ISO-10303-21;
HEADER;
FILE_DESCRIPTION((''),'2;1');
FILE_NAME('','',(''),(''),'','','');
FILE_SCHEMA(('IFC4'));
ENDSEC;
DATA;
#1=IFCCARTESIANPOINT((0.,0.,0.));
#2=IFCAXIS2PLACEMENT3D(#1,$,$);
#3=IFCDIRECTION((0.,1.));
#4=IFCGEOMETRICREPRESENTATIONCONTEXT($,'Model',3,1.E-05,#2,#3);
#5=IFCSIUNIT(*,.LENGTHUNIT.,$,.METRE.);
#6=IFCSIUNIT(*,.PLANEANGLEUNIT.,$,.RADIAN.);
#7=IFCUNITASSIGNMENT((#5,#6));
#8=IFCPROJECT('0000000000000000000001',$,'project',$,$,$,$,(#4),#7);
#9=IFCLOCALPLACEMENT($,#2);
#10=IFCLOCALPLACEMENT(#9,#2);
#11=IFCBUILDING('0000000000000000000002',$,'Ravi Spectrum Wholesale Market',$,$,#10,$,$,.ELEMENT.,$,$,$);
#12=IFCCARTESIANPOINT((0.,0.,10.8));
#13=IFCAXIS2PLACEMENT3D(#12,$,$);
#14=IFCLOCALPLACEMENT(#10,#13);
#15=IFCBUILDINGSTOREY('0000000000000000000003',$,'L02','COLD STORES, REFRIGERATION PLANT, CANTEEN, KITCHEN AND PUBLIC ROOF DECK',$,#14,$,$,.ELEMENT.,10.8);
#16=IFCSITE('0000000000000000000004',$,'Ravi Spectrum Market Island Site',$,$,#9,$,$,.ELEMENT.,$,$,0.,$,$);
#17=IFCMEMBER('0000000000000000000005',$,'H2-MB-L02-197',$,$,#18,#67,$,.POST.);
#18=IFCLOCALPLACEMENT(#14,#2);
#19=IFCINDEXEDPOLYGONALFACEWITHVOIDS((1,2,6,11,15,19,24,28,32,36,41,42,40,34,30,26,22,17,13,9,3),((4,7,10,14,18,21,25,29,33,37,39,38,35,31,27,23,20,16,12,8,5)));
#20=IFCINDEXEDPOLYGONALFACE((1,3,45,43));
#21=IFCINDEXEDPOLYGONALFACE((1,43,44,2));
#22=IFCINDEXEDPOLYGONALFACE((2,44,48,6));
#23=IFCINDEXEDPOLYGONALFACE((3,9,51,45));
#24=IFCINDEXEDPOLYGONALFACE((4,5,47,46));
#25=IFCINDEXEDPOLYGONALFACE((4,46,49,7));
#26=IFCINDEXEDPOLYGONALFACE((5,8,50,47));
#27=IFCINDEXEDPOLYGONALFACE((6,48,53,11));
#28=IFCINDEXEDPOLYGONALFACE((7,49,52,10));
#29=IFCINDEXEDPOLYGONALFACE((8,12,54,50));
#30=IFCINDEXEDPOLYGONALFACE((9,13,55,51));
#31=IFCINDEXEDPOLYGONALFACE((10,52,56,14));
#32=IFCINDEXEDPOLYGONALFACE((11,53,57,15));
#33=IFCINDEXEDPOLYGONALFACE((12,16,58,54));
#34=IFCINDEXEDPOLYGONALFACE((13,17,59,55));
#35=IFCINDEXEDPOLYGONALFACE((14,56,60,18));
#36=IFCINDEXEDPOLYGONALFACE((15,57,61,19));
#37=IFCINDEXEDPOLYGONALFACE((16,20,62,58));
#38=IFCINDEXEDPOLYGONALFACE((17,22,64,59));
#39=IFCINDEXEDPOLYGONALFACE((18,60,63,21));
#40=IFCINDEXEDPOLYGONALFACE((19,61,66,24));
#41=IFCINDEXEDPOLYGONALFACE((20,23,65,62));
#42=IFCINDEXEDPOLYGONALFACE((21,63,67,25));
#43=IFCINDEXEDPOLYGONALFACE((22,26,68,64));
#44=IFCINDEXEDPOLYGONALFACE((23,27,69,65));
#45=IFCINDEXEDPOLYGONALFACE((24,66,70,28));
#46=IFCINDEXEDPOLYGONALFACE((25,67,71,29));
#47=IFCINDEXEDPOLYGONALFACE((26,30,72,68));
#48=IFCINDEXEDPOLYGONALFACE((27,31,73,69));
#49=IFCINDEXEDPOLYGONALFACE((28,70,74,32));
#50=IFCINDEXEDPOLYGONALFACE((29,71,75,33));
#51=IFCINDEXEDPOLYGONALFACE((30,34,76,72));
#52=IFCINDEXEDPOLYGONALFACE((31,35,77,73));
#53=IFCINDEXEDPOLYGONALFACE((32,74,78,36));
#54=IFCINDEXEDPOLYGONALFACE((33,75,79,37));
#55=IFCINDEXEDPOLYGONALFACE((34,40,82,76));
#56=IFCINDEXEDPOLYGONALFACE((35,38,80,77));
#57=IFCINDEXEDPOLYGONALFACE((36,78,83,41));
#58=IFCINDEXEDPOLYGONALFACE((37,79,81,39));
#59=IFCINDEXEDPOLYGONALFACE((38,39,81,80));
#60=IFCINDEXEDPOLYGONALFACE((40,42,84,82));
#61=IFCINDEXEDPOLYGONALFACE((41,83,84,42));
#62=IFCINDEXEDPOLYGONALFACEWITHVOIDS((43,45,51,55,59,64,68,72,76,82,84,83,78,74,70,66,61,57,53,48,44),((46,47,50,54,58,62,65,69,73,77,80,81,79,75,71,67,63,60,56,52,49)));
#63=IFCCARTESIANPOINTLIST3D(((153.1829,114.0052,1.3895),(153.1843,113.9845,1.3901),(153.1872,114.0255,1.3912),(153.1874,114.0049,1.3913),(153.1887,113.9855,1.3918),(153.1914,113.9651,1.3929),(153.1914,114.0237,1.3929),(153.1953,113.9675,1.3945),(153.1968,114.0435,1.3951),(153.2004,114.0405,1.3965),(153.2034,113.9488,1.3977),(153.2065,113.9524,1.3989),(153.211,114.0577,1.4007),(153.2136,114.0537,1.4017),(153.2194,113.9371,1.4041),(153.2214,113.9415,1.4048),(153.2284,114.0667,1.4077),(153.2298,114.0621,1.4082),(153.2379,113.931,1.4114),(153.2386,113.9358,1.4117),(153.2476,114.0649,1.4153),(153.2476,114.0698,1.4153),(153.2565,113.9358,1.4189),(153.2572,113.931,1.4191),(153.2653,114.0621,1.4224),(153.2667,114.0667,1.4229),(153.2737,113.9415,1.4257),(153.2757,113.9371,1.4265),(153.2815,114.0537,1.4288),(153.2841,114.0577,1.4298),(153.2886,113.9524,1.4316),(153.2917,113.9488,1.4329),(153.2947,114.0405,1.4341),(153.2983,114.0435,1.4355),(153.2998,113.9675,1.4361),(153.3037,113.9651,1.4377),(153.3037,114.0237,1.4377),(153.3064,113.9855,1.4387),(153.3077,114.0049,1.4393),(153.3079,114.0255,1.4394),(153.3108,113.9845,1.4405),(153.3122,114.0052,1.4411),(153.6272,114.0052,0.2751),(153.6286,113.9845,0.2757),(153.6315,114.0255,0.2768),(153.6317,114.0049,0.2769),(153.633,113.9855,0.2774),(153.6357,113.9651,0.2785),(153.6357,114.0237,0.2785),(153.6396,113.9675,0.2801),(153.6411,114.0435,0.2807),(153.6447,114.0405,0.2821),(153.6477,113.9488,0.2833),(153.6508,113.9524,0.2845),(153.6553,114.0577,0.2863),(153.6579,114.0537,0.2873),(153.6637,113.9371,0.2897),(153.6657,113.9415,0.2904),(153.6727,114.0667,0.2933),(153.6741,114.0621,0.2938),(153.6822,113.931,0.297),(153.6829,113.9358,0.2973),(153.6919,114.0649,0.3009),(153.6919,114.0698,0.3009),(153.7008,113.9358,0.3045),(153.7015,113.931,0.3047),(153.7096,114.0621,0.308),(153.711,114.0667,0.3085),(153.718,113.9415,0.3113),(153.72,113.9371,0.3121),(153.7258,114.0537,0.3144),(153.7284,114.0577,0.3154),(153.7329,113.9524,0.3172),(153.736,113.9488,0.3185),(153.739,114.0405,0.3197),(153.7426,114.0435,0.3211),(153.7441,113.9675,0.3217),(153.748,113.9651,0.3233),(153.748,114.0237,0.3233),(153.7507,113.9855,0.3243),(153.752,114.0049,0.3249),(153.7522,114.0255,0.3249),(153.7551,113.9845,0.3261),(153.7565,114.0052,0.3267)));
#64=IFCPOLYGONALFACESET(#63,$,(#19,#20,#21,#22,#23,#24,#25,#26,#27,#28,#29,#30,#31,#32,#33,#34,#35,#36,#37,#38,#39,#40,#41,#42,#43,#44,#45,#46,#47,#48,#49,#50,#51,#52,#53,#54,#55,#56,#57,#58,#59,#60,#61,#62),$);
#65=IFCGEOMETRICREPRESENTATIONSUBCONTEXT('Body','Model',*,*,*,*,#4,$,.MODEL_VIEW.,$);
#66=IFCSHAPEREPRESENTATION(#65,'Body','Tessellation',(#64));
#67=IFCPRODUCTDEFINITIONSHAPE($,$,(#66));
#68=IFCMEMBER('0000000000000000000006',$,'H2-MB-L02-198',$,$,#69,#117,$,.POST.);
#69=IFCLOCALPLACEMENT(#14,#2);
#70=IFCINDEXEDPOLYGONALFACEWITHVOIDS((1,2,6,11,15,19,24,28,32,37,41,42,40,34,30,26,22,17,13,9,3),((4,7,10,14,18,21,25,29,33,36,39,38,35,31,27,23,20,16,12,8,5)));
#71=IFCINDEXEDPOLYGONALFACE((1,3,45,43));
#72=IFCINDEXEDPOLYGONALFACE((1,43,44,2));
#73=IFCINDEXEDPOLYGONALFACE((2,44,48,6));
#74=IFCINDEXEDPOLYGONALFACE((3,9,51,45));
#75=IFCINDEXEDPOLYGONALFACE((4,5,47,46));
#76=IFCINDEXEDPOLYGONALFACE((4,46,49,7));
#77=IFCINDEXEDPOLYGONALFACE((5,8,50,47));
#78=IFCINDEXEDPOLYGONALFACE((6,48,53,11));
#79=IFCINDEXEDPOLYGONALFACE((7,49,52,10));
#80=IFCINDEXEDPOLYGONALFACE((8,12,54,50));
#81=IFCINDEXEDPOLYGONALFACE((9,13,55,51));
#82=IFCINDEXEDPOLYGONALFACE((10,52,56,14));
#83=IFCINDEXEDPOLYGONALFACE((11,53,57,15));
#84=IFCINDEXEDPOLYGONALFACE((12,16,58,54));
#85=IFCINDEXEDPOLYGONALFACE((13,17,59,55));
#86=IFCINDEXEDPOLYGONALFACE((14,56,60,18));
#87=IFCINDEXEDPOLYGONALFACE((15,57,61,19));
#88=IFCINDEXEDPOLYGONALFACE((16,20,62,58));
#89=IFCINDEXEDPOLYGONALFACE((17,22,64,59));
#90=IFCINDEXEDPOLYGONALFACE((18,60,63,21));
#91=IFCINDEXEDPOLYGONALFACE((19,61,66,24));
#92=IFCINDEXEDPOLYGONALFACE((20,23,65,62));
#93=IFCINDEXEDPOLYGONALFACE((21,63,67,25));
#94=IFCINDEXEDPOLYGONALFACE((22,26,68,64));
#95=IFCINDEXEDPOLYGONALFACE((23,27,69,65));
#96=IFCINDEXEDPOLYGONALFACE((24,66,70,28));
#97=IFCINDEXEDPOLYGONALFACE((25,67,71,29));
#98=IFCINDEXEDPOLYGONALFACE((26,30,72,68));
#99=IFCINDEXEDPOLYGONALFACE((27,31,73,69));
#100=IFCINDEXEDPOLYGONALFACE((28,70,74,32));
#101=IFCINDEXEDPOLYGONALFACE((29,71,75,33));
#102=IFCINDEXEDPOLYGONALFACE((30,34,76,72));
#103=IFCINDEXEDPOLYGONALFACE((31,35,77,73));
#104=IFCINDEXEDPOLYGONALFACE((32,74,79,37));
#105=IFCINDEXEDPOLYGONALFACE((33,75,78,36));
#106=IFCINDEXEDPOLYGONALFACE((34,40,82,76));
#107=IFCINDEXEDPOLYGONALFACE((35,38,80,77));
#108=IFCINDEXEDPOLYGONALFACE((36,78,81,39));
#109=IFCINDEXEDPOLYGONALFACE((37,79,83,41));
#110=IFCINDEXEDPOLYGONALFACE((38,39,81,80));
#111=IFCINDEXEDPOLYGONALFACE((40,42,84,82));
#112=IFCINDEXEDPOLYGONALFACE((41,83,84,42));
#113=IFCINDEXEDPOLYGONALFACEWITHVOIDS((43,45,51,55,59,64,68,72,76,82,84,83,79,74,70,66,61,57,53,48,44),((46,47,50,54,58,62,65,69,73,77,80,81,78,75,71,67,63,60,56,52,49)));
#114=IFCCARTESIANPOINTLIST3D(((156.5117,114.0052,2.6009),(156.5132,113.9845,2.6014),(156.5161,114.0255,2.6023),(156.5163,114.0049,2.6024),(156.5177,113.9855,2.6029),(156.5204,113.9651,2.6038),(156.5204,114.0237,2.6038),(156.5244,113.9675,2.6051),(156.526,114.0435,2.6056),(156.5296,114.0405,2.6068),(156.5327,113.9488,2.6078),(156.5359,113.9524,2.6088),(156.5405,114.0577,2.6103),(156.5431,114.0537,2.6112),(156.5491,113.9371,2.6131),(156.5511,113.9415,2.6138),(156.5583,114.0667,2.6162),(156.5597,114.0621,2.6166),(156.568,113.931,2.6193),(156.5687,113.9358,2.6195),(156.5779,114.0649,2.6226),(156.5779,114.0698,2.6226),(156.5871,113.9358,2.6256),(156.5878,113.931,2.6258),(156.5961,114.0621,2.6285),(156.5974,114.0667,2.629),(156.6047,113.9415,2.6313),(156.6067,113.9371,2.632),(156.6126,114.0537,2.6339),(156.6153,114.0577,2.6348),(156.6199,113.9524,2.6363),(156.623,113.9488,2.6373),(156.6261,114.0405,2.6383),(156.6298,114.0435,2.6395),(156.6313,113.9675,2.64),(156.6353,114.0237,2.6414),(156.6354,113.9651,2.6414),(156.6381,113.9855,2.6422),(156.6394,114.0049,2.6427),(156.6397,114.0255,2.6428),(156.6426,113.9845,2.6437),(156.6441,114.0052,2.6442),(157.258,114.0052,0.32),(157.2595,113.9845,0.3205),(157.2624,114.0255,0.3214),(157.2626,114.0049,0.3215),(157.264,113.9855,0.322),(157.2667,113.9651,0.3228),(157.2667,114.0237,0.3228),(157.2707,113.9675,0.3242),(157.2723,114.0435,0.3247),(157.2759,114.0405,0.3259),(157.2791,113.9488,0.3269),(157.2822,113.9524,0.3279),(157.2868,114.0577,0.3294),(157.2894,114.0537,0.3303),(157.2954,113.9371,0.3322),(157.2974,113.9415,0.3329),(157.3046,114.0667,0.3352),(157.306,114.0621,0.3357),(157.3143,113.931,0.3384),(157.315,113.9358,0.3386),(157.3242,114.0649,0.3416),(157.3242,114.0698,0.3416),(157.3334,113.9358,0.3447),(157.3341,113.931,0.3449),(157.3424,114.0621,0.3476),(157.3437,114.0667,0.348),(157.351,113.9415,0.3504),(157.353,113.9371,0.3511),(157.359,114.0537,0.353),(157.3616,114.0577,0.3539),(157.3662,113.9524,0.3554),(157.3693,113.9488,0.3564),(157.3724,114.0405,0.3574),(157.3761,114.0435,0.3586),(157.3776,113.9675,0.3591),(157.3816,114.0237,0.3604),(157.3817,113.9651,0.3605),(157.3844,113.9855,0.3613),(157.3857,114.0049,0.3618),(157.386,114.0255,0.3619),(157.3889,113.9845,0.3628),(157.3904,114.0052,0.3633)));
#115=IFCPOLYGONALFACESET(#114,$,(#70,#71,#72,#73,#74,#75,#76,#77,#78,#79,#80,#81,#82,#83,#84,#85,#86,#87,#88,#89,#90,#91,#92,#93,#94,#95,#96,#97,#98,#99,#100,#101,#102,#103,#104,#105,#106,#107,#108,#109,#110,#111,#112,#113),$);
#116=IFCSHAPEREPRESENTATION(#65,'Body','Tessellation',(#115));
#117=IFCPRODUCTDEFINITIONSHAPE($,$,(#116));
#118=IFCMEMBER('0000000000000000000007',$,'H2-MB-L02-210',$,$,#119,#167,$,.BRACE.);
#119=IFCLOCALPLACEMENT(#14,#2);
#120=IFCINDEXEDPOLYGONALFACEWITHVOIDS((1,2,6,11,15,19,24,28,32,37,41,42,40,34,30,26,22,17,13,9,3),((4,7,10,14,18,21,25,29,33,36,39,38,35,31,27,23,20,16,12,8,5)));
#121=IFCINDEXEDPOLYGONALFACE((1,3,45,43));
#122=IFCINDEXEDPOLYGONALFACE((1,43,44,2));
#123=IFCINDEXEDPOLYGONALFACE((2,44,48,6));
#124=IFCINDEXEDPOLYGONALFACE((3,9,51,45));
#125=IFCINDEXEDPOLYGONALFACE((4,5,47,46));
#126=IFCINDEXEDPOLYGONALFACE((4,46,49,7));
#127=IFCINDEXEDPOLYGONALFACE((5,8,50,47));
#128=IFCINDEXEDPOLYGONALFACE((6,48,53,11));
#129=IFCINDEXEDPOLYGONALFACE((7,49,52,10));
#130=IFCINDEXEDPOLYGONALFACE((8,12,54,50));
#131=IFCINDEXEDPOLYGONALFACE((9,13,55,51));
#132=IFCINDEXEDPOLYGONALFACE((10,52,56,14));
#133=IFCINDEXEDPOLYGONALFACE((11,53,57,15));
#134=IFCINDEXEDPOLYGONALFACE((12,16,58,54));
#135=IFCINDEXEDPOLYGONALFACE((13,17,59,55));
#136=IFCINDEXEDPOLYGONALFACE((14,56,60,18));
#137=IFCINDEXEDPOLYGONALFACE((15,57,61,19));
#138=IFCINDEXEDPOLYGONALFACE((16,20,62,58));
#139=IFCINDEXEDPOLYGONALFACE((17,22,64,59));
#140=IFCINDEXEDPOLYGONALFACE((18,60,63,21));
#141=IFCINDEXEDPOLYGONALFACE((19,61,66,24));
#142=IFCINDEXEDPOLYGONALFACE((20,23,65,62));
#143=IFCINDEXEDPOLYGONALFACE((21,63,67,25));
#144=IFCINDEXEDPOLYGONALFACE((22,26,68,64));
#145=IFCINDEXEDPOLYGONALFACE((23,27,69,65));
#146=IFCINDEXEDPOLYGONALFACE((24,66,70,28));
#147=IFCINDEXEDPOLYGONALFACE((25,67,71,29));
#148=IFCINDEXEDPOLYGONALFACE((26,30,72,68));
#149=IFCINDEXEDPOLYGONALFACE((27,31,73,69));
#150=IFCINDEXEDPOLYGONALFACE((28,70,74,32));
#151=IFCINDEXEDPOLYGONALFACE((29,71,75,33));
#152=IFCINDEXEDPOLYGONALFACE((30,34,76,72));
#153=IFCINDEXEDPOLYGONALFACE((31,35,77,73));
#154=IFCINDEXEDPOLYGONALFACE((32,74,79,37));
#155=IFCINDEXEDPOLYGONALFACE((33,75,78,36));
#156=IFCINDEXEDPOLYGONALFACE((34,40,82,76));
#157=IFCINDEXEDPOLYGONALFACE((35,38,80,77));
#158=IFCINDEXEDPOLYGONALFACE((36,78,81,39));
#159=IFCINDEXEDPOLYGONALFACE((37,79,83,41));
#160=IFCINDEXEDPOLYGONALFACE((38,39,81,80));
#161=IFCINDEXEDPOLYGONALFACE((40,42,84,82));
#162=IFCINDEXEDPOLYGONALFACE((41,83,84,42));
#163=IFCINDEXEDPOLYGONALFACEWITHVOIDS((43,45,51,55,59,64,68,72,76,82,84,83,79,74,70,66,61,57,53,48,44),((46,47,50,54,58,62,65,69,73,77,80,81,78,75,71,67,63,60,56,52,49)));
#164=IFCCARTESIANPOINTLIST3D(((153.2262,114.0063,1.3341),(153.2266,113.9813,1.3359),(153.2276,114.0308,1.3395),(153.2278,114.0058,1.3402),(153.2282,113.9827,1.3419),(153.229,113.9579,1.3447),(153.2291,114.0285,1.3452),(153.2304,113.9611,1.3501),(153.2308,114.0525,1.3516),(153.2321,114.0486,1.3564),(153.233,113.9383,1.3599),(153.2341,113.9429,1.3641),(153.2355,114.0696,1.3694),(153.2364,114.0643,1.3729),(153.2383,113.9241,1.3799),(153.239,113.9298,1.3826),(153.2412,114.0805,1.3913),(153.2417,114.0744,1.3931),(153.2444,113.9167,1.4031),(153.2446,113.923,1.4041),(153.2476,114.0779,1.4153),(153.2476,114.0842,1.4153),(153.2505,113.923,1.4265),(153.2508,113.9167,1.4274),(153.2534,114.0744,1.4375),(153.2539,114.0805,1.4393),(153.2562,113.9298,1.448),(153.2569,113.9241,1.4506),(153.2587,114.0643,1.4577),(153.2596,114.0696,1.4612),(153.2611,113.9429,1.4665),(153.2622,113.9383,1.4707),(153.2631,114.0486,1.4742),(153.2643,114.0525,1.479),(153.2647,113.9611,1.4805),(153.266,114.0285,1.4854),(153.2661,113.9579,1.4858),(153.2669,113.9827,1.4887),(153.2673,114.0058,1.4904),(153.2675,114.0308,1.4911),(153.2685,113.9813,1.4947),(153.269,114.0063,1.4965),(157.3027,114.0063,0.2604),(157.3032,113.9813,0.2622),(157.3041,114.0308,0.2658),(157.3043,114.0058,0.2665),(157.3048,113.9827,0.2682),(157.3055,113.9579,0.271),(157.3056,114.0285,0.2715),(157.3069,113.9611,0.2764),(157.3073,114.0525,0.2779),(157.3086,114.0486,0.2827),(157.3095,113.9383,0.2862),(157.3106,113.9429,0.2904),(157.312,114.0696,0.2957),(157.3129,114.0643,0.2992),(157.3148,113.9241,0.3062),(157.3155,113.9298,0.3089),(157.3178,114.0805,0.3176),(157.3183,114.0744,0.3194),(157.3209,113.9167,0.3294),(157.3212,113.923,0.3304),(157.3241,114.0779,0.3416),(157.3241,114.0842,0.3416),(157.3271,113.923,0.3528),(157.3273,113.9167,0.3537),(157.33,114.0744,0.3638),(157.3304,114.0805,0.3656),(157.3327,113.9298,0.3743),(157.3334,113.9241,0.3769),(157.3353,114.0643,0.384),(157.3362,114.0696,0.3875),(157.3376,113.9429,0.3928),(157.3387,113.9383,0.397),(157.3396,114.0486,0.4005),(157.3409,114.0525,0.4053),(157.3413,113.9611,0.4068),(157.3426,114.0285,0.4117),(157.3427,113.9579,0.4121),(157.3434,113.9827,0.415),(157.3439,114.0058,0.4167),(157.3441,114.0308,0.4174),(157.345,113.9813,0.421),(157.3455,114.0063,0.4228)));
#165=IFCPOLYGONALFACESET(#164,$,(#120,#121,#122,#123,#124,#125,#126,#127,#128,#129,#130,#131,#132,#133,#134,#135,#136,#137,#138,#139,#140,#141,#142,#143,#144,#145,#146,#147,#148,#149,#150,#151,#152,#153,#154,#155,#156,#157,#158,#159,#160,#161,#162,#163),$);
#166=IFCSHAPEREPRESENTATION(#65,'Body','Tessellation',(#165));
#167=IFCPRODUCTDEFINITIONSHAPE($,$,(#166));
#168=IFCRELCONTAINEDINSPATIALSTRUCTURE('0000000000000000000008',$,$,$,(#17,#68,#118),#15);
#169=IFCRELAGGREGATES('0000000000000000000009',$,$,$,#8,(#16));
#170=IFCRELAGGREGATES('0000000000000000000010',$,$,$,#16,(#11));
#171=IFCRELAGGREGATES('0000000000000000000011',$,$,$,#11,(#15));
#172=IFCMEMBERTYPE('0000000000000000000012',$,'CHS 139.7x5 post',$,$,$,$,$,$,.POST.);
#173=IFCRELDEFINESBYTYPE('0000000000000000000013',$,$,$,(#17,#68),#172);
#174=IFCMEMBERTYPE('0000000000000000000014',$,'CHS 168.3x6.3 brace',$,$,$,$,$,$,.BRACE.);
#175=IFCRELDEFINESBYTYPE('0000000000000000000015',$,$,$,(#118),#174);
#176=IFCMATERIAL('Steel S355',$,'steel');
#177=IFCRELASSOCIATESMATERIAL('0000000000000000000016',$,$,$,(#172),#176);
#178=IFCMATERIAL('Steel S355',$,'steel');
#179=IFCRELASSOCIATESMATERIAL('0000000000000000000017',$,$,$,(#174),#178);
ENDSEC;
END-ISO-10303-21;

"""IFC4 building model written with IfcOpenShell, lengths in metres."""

from ifc_helpers import new_model, si_unit, direction, frame, origin, origin_2d, place, context, subcontext, project, spatial, hollow_circle, extrude, material, material_profile, profile_set, type_object, element, save


model = new_model("IFC4")

# Units and contexts
model_context = context("Model", 3, precision=1e-05, world=origin(), true_north=direction((0.0, 1.0)))
body_context = subcontext(model_context, "Body", "Model", "MODEL_VIEW")
ifc_project = project(units=[si_unit("LENGTHUNIT", "METRE"), si_unit("PLANEANGLEUNIT", "RADIAN")], contexts=[model_context])

# Site, building, storey
site_placement = place(None, origin())
site = spatial("IfcSite", under=ifc_project, at=site_placement, Name="Ravi Spectrum Market Island Site", CompositionType="ELEMENT", RefElevation=0.0)
building_placement = place(site_placement, origin())
building = spatial("IfcBuilding", under=site, at=building_placement, Name="Ravi Spectrum Wholesale Market", CompositionType="ELEMENT")
storey_placement = place(building_placement, frame((0.0, 0.0, 10.8)))
storey = spatial("IfcBuildingStorey", under=building, at=storey_placement, Name="L02", Description="COLD STORES, REFRIGERATION PLANT, CANTEEN, KITCHEN AND PUBLIC ROOF DECK", CompositionType="ELEMENT", Elevation=10.8)

# Members
ifc_material_1 = material(Name="Steel S355", Category="steel")
ifc_material_profile_1 = material_profile(ifc_material_1, hollow_circle(Radius=0.0698, WallThickness=0.0049, at=origin_2d()))
ifc_profile_set_1 = profile_set([ifc_material_profile_1], Name="Steel S355")
member_type_1 = type_object("IfcMemberType", Name="CHS 139.7x5 post", PredefinedType="POST", material=ifc_profile_set_1)
member_1_placement = place(storey_placement, frame((153.2476, 114.0, 1.4153), z_axis=(0.370338, 0.0, -0.928897), x_axis=(0.0, 1.0, 0.0)))
element("IfcMember", 1, at=member_1_placement, inside=storey, type_object=member_type_1, Name="H2-MB-L02-197", PredefinedType="POST", context=body_context, shape_type="SweptSolid", body=[
    extrude(hollow_circle(Radius=0.0698, WallThickness=0.0049, at=origin_2d()), origin(), (0.0, 0.0, 1.0), 1.1997),
])
member_2_placement = place(storey_placement, frame((156.5779, 114.0, 2.6226), z_axis=(0.310974, 0.0, -0.950418), x_axis=(0.0, 1.0, 0.0)))
element("IfcMember", 2, at=member_2_placement, inside=storey, type_object=member_type_1, Name="H2-MB-L02-198", PredefinedType="POST", context=body_context, shape_type="SweptSolid", body=[
    extrude(hollow_circle(Radius=0.0698, WallThickness=0.0049, at=origin_2d()), origin(), (0.0, 0.0, 1.0), 2.3999),
])
ifc_material_2 = material(Name="Steel S355", Category="steel")
ifc_material_profile_2 = material_profile(ifc_material_2, hollow_circle(Radius=0.0842, WallThickness=0.0063, at=origin_2d()))
ifc_profile_set_2 = profile_set([ifc_material_profile_2], Name="Steel S355")
member_type_2 = type_object("IfcMemberType", Name="CHS 168.3x6.3 brace", PredefinedType="BRACE", material=ifc_profile_set_2)
member_3_placement = place(storey_placement, frame((153.2476, 114.0, 1.4153), z_axis=(0.967021, 0.0, -0.254699), x_axis=(0.0, 1.0, 0.0)))
element("IfcMember", 3, at=member_3_placement, inside=storey, type_object=member_type_2, Name="H2-MB-L02-210", PredefinedType="BRACE", context=body_context, shape_type="SweptSolid", body=[
    extrude(hollow_circle(Radius=0.0842, WallThickness=0.0063, at=origin_2d()), origin(), (0.0, 0.0, 1.0), 4.2156),
])

save(model, "model.ifc")
